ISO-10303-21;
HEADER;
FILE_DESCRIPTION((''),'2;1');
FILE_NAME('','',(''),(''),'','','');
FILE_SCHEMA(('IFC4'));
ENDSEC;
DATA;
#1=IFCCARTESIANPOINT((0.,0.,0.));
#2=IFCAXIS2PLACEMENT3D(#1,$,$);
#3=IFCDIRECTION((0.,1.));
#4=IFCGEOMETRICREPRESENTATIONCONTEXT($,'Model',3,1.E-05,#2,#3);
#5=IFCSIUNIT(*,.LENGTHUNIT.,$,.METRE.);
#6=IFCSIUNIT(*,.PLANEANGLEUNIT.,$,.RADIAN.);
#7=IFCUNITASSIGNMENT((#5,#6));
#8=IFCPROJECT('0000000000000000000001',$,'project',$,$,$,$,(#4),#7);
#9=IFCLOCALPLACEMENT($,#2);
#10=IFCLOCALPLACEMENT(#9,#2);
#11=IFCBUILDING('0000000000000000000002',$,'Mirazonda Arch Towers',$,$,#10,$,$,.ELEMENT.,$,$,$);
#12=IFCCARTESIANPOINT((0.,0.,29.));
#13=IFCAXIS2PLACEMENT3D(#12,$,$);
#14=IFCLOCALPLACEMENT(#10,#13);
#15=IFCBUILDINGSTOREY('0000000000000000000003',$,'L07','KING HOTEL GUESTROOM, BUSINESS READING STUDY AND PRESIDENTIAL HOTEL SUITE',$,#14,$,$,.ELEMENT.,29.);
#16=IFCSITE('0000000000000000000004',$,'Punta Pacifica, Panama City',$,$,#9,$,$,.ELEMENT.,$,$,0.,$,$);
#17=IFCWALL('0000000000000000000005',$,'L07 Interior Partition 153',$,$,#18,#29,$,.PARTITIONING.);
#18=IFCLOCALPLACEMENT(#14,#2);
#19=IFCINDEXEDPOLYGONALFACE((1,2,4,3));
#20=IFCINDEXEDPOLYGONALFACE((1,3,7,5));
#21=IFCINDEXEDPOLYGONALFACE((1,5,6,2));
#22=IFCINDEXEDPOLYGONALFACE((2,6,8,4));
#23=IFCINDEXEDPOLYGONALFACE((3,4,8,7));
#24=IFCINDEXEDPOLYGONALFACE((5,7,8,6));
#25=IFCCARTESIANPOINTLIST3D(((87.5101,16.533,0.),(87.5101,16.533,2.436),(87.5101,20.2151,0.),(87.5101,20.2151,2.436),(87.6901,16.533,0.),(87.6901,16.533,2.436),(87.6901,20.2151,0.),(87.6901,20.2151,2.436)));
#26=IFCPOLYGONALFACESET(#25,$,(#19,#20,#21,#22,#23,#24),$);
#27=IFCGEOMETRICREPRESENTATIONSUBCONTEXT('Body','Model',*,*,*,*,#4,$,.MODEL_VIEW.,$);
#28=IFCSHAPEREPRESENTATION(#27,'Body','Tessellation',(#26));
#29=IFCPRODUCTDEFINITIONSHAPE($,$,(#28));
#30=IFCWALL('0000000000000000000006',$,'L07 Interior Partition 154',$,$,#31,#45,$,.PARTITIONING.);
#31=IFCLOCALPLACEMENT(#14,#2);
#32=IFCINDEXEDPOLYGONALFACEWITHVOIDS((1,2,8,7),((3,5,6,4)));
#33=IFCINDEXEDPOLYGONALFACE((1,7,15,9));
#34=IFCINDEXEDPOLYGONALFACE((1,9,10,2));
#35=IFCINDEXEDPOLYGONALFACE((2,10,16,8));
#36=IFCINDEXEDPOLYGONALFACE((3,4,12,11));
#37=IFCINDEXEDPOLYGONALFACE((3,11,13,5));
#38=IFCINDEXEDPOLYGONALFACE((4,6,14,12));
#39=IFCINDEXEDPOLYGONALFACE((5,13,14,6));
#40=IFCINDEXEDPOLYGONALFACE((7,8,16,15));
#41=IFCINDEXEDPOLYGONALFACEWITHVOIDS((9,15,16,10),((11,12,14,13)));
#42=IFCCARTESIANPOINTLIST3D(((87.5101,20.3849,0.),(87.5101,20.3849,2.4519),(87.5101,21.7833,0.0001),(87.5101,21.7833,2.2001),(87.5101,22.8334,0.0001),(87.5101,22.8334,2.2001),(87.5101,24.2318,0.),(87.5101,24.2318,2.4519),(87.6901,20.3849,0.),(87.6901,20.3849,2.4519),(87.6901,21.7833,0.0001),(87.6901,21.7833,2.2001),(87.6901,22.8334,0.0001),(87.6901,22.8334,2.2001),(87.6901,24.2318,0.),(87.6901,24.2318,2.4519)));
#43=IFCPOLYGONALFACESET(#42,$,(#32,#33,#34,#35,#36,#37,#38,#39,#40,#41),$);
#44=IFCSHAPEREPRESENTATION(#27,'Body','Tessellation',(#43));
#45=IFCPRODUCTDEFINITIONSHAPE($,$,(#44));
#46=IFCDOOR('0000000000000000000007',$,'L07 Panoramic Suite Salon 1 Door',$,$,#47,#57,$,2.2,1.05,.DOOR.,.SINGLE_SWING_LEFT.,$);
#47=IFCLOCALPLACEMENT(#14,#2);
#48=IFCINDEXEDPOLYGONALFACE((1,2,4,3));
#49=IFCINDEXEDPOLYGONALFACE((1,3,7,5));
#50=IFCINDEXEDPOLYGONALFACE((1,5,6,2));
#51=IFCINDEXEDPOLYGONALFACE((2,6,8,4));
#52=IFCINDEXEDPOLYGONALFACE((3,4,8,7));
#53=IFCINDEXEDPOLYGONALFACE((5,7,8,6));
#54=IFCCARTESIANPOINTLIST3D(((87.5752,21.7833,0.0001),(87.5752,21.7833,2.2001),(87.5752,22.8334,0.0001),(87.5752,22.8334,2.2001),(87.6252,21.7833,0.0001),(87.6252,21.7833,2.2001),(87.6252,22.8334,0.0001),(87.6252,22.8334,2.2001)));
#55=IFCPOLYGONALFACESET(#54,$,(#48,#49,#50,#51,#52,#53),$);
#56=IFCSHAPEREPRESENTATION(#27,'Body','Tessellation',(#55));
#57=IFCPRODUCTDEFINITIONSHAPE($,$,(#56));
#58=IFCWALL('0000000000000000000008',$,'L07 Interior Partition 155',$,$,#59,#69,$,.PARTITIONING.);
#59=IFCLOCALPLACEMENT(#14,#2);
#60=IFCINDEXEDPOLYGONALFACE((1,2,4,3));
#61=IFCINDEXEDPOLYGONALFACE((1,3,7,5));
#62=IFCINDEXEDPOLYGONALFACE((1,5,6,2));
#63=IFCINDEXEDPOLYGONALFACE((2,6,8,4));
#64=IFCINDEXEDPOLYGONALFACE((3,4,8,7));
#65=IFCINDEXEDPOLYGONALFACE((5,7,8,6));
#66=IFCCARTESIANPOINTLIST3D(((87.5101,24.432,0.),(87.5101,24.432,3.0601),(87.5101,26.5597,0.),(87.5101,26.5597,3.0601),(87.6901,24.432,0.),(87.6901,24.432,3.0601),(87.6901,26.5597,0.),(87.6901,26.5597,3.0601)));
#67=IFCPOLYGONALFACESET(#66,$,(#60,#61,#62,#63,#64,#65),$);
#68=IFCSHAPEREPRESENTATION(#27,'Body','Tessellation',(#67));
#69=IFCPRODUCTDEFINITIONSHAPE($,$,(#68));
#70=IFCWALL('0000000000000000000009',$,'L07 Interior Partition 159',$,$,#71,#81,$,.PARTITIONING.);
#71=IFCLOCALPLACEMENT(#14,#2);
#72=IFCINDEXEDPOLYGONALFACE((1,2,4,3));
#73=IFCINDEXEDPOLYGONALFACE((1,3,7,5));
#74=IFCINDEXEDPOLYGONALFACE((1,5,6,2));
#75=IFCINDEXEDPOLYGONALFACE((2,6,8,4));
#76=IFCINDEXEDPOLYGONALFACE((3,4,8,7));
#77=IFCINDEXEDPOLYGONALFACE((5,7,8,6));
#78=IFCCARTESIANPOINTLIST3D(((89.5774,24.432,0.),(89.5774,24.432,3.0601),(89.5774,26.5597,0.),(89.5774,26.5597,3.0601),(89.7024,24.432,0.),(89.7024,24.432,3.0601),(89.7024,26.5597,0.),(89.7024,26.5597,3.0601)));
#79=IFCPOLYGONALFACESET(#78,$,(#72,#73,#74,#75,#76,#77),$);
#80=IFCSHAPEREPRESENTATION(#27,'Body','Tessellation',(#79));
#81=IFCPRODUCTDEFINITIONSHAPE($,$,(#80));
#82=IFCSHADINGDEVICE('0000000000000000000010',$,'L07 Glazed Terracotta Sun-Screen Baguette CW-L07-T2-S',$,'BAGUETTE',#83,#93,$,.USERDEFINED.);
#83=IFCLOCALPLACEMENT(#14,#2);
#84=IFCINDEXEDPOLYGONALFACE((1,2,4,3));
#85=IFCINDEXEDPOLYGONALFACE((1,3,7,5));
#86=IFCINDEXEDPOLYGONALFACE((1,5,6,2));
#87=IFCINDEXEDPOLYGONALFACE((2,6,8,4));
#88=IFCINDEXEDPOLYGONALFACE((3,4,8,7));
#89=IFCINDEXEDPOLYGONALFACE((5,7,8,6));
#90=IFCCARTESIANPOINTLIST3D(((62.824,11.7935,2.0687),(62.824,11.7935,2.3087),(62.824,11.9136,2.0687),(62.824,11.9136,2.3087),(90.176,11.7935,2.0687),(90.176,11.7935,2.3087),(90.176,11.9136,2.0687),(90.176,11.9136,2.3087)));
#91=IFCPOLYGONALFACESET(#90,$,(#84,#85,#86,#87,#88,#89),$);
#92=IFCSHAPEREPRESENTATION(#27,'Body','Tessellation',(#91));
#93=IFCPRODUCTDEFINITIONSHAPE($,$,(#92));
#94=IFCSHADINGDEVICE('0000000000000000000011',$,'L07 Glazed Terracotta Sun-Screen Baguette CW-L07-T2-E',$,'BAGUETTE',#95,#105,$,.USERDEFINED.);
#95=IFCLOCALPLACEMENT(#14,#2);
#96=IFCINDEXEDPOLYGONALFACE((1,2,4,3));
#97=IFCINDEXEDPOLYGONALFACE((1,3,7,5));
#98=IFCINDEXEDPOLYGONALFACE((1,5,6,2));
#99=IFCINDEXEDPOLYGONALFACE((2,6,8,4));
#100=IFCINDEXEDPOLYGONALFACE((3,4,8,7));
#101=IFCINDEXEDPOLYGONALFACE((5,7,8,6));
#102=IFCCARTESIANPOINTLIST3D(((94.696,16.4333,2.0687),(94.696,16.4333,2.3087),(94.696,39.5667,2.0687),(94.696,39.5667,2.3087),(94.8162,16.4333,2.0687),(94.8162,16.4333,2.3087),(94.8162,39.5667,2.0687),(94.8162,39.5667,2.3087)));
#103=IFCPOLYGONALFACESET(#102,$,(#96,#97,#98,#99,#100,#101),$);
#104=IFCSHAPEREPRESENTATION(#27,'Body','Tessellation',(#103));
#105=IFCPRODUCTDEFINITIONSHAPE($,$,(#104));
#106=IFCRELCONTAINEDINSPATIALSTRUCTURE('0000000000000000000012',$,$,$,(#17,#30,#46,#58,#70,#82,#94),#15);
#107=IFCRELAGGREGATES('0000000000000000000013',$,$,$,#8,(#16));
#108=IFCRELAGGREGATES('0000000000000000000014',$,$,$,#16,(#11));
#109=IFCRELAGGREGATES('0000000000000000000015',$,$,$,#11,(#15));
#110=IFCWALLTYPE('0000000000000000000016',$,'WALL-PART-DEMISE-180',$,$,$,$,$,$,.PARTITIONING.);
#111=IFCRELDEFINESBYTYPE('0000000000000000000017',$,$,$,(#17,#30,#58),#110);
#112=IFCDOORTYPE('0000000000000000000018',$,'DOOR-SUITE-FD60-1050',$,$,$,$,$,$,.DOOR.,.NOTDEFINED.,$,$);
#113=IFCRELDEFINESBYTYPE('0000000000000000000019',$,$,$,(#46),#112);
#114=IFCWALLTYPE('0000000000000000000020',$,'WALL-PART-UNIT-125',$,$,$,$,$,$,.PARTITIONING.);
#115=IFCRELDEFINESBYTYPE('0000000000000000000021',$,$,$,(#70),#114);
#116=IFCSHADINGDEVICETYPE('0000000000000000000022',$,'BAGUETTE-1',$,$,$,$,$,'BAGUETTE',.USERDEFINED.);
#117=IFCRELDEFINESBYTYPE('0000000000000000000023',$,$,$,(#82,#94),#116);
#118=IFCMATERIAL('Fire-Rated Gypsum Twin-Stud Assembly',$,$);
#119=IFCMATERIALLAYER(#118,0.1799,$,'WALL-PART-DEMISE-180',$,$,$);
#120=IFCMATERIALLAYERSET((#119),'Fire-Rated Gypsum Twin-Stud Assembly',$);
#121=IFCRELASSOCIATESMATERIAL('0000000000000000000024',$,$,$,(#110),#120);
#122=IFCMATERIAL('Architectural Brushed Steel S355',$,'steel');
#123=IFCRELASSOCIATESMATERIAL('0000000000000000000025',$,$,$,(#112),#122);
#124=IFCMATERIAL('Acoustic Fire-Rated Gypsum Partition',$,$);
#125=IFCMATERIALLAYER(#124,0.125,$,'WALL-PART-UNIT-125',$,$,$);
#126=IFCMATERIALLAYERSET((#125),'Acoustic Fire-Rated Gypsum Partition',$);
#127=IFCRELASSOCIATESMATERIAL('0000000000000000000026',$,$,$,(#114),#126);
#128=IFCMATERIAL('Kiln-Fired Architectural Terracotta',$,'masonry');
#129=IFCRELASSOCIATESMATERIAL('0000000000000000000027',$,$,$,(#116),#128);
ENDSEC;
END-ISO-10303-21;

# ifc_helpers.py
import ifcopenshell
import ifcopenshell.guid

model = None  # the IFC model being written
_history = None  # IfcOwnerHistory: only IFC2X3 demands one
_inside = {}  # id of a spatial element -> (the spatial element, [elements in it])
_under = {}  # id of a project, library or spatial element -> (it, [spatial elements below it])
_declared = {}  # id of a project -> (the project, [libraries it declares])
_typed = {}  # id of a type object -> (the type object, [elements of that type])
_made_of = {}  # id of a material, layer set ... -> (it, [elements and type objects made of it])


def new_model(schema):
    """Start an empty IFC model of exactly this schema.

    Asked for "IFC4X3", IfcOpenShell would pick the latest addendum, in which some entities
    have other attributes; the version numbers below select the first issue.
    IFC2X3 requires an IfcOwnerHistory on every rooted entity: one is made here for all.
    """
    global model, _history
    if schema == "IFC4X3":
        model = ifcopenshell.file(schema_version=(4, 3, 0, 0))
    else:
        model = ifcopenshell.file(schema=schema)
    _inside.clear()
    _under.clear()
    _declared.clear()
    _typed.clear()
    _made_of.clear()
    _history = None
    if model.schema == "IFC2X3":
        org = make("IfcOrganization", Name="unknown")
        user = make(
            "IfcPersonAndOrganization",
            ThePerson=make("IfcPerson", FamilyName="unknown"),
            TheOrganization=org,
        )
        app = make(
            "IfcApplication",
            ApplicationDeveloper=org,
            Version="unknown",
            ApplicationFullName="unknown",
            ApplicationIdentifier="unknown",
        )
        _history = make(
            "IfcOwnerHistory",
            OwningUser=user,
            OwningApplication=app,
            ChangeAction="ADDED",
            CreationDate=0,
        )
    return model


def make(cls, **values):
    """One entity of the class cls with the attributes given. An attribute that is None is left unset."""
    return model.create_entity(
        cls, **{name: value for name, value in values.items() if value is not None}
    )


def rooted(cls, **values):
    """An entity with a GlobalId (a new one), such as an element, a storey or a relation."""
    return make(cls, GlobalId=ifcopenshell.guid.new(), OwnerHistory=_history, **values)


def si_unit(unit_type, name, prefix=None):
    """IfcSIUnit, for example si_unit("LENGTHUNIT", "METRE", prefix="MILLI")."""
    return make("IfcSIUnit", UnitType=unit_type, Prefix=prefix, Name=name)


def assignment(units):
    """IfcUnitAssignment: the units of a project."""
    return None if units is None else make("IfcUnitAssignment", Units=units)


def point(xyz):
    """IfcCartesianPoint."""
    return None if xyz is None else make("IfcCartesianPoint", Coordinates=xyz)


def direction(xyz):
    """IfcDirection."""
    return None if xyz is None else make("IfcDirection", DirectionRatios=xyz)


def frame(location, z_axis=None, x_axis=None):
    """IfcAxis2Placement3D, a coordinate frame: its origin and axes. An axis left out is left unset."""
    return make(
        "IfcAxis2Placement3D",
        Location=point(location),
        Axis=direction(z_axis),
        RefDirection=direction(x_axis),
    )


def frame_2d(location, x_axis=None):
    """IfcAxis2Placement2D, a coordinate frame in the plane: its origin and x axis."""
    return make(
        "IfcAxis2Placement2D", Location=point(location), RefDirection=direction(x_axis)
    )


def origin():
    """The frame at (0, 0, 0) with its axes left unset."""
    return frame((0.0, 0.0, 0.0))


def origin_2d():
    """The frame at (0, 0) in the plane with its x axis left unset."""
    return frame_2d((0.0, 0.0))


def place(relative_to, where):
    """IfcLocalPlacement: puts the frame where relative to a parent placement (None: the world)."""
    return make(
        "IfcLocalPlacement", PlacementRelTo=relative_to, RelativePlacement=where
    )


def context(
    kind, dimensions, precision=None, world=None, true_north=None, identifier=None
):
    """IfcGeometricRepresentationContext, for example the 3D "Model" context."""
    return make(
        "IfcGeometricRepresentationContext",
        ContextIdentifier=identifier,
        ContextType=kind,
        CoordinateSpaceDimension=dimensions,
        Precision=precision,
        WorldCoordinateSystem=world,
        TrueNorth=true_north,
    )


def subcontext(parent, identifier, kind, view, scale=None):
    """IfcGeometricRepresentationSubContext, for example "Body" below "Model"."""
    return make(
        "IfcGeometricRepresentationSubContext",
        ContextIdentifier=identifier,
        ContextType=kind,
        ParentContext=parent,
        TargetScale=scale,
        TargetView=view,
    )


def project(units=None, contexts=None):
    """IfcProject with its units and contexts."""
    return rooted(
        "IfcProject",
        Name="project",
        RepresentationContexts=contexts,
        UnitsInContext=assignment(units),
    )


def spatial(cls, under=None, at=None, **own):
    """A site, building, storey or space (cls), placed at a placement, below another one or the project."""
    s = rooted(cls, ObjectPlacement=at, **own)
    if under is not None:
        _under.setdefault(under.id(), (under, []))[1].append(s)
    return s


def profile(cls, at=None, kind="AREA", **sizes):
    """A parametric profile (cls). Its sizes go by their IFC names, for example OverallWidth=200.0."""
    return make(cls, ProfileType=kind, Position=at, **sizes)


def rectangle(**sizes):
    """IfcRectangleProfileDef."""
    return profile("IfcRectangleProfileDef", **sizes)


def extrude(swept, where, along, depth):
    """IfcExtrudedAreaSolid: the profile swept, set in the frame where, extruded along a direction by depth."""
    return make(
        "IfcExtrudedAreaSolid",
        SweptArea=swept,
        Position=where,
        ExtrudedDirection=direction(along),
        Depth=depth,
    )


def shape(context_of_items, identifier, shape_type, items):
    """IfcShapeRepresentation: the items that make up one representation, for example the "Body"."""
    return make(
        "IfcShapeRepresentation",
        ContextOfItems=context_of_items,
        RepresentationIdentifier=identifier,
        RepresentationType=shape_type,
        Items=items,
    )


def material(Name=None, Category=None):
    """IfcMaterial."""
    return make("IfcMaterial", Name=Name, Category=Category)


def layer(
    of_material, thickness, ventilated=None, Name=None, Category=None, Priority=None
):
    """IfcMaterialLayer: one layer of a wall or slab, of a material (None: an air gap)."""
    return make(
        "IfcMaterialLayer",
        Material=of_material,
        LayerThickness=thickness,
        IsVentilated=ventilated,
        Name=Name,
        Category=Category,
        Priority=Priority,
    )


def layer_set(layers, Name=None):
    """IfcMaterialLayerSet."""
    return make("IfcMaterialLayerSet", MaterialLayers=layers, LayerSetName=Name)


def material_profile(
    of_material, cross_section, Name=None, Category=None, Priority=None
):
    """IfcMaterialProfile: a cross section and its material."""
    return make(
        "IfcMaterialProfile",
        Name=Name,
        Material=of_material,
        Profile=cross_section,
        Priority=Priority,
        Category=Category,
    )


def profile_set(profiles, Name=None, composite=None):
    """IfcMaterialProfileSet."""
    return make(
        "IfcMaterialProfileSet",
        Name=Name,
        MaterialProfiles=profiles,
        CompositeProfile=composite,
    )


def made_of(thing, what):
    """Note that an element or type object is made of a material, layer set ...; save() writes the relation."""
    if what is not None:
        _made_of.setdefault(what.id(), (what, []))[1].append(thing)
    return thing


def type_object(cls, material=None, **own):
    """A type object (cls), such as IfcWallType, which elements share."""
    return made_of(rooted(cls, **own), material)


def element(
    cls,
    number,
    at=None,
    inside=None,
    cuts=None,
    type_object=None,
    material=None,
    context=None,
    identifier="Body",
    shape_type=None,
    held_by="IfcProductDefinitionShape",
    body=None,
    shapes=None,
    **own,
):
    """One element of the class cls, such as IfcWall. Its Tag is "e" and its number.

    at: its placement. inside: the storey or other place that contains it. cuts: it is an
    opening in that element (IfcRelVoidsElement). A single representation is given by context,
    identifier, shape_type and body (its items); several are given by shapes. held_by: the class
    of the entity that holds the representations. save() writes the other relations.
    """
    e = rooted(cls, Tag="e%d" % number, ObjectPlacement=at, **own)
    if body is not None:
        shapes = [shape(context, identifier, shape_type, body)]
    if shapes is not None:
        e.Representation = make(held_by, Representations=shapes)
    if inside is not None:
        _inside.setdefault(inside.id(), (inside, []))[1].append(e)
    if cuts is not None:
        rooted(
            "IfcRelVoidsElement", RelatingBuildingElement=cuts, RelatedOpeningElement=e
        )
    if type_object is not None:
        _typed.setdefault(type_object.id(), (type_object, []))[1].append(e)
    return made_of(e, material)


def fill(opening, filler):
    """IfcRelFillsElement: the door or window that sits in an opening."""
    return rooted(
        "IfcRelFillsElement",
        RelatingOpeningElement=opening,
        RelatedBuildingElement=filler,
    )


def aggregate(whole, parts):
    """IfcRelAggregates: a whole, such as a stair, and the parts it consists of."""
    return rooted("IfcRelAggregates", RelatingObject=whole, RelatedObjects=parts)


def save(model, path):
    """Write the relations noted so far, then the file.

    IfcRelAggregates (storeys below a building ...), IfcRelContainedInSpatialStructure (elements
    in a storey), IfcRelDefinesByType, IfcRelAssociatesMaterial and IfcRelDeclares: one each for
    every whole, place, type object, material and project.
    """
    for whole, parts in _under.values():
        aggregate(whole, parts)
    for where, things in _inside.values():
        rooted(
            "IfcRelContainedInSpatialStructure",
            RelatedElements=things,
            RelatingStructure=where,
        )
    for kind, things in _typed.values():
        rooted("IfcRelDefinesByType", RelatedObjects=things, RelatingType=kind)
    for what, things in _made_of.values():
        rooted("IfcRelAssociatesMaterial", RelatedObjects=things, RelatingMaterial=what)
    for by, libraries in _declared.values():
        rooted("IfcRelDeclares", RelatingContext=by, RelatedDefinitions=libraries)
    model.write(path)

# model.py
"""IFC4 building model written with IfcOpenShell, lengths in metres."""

from ifc_helpers import new_model, si_unit, direction, frame, frame_2d, origin, origin_2d, place, context, subcontext, project, spatial, rectangle, extrude, material, layer, layer_set, material_profile, profile_set, type_object, element, fill, save


model = new_model("IFC4")

# Units and contexts
model_context = context("Model", 3, precision=1e-05, world=origin(), true_north=direction((0.0, 1.0)))
body_context = subcontext(model_context, "Body", "Model", "MODEL_VIEW")
ifc_project = project(units=[si_unit("LENGTHUNIT", "METRE"), si_unit("PLANEANGLEUNIT", "RADIAN")], contexts=[model_context])

# Site, building, storey
site_placement = place(None, origin())
site = spatial("IfcSite", under=ifc_project, at=site_placement, Name="Punta Pacifica, Panama City", CompositionType="ELEMENT", RefElevation=0.0)
building_placement = place(site_placement, origin())
building = spatial("IfcBuilding", under=site, at=building_placement, Name="Mirazonda Arch Towers", CompositionType="ELEMENT")
storey_placement = place(building_placement, frame((0.0, 0.0, 29.0)))
storey = spatial("IfcBuildingStorey", under=building, at=storey_placement, Name="L07", Description="KING HOTEL GUESTROOM, BUSINESS READING STUDY AND PRESIDENTIAL HOTEL SUITE", CompositionType="ELEMENT", Elevation=29.0)

# Shared definitions
ifc_material_1 = material(Name="Fire-Rated Gypsum Twin-Stud Assembly")
ifc_layer_1 = layer(ifc_material_1, 0.1799, Name="WALL-PART-DEMISE-180")
ifc_layer_set_1 = layer_set([ifc_layer_1], Name="Fire-Rated Gypsum Twin-Stud Assembly")
wall_type_1 = type_object("IfcWallType", Name="WALL-PART-DEMISE-180", PredefinedType="PARTITIONING", material=ifc_layer_set_1)

# Shared definitions
ifc_material_2 = material(Name="Architectural Brushed Steel S355", Category="steel")

# Wall
wall_1_placement = place(storey_placement, frame((87.6001, 16.533, 0.0), z_axis=(0.0, 0.0, 1.0), x_axis=(0.0, 1.0, 0.0)))
element("IfcWall", 1, at=wall_1_placement, inside=storey, type_object=wall_type_1, Name="L07 Interior Partition 153", PredefinedType="PARTITIONING", context=body_context, shape_type="SweptSolid", body=[
    extrude(rectangle(XDim=3.6821, YDim=0.1799, at=frame_2d((1.8411, 0.0))), origin(), (0.0, 0.0, 1.0), 2.436),
])

# Wall, opening, door
wall_2_placement = place(storey_placement, frame((87.6001, 20.385, 0.0), z_axis=(0.0, 0.0, 1.0), x_axis=(0.0, 1.0, 0.0)))
wall_2 = element("IfcWall", 2, at=wall_2_placement, inside=storey, type_object=wall_type_1, Name="L07 Interior Partition 154", PredefinedType="PARTITIONING", context=body_context, shape_type="SweptSolid", body=[
    extrude(rectangle(XDim=3.8469, YDim=0.1799, at=frame_2d((1.9233, 0.0))), origin(), (0.0, 0.0, 1.0), 2.4519),
])
opening_1_placement = place(wall_2_placement, frame((1.3984, 0.0, 0.0)))
opening_1 = element("IfcOpeningElement", 3, at=opening_1_placement, cuts=wall_2, PredefinedType="OPENING", context=body_context, shape_type="SweptSolid", body=[
    extrude(rectangle(XDim=1.05, YDim=2.2, at=frame_2d((0.5249, 1.1001))), frame((0.0, 0.0999, 0.0), z_axis=(0.0, -1.0, 0.0), x_axis=(1.0, 0.0, 0.0)), (0.0, 0.0, 1.0), 0.2),
])
door_type_1 = type_object("IfcDoorType", Name="DOOR-SUITE-FD60-1050", OperationType="NOTDEFINED", PredefinedType="DOOR", material=ifc_material_2)
door_1_placement = place(opening_1_placement, origin())
door_1 = element("IfcDoor", 4, at=door_1_placement, inside=storey, type_object=door_type_1, Name="L07 Panoramic Suite Salon 1 Door", OperationType="SINGLE_SWING_LEFT", OverallHeight=2.2, OverallWidth=1.05, PredefinedType="DOOR", context=body_context, shape_type="SweptSolid", body=[
    extrude(rectangle(XDim=1.05, YDim=2.2, at=frame_2d((0.5249, 1.1001))), frame((0.0, 0.0249, 0.0), z_axis=(0.0, -1.0, 0.0), x_axis=(1.0, 0.0, 0.0)), (0.0, 0.0, 1.0), 0.05),
])
fill(opening_1, door_1)

# Walls
wall_3_placement = place(storey_placement, frame((87.6001, 24.4319, 0.0), z_axis=(0.0, 0.0, 1.0), x_axis=(0.0, 1.0, 0.0)))
element("IfcWall", 5, at=wall_3_placement, inside=storey, type_object=wall_type_1, Name="L07 Interior Partition 155", PredefinedType="PARTITIONING", context=body_context, shape_type="SweptSolid", body=[
    extrude(rectangle(XDim=2.1277, YDim=0.1799, at=frame_2d((1.064, 0.0))), origin(), (0.0, 0.0, 1.0), 3.0601),
])
ifc_material_3 = material(Name="Acoustic Fire-Rated Gypsum Partition")
ifc_layer_2 = layer(ifc_material_3, 0.125, Name="WALL-PART-UNIT-125")
ifc_layer_set_2 = layer_set([ifc_layer_2], Name="Acoustic Fire-Rated Gypsum Partition")
wall_type_2 = type_object("IfcWallType", Name="WALL-PART-UNIT-125", PredefinedType="PARTITIONING", material=ifc_layer_set_2)
wall_4_placement = place(storey_placement, frame((89.6399, 24.4319, 0.0), z_axis=(0.0, 0.0, 1.0), x_axis=(0.0, 1.0, 0.0)))
element("IfcWall", 6, at=wall_4_placement, inside=storey, type_object=wall_type_2, Name="L07 Interior Partition 159", PredefinedType="PARTITIONING", context=body_context, shape_type="SweptSolid", body=[
    extrude(rectangle(XDim=2.1277, YDim=0.125, at=frame_2d((1.064, 0.0))), origin(), (0.0, 0.0, 1.0), 3.0601),
])

# Shading devices
ifc_material_4 = material(Name="Kiln-Fired Architectural Terracotta", Category="masonry")
ifc_material_profile_1 = material_profile(ifc_material_4, rectangle(XDim=0.1201, YDim=0.24, at=origin_2d()), Name="TERRA-BAG-120x240")
ifc_profile_set_1 = profile_set([ifc_material_profile_1], Name="Kiln-Fired Architectural Terracotta")
shading_device_type = type_object("IfcShadingDeviceType", Name="BAGUETTE-1", ElementType="BAGUETTE", PredefinedType="USERDEFINED", material=ifc_profile_set_1)
shading_device_1_placement = place(storey_placement, frame((90.176, 11.8535, 2.1887), z_axis=(-1.0, 0.0, 0.0), x_axis=(0.0, -1.0, 0.0)))
element("IfcShadingDevice", 7, at=shading_device_1_placement, inside=storey, type_object=shading_device_type, Name="L07 Glazed Terracotta Sun-Screen Baguette CW-L07-T2-S", ObjectType="BAGUETTE", PredefinedType="USERDEFINED", context=body_context, shape_type="SweptSolid", body=[
    extrude(rectangle(XDim=0.1201, YDim=0.24, at=origin_2d()), origin(), (0.0, 0.0, 1.0), 27.3521),
])
shading_device_2_placement = place(storey_placement, frame((94.7561, 16.4333, 2.1887), z_axis=(0.0, 1.0, 0.0), x_axis=(-1.0, 0.0, 0.0)))
element("IfcShadingDevice", 8, at=shading_device_2_placement, inside=storey, type_object=shading_device_type, Name="L07 Glazed Terracotta Sun-Screen Baguette CW-L07-T2-E", ObjectType="BAGUETTE", PredefinedType="USERDEFINED", context=body_context, shape_type="SweptSolid", body=[
    extrude(rectangle(XDim=0.1201, YDim=0.24, at=origin_2d()), origin(), (0.0, 0.0, 1.0), 23.1333),
])

save(model, "model.ifc")
